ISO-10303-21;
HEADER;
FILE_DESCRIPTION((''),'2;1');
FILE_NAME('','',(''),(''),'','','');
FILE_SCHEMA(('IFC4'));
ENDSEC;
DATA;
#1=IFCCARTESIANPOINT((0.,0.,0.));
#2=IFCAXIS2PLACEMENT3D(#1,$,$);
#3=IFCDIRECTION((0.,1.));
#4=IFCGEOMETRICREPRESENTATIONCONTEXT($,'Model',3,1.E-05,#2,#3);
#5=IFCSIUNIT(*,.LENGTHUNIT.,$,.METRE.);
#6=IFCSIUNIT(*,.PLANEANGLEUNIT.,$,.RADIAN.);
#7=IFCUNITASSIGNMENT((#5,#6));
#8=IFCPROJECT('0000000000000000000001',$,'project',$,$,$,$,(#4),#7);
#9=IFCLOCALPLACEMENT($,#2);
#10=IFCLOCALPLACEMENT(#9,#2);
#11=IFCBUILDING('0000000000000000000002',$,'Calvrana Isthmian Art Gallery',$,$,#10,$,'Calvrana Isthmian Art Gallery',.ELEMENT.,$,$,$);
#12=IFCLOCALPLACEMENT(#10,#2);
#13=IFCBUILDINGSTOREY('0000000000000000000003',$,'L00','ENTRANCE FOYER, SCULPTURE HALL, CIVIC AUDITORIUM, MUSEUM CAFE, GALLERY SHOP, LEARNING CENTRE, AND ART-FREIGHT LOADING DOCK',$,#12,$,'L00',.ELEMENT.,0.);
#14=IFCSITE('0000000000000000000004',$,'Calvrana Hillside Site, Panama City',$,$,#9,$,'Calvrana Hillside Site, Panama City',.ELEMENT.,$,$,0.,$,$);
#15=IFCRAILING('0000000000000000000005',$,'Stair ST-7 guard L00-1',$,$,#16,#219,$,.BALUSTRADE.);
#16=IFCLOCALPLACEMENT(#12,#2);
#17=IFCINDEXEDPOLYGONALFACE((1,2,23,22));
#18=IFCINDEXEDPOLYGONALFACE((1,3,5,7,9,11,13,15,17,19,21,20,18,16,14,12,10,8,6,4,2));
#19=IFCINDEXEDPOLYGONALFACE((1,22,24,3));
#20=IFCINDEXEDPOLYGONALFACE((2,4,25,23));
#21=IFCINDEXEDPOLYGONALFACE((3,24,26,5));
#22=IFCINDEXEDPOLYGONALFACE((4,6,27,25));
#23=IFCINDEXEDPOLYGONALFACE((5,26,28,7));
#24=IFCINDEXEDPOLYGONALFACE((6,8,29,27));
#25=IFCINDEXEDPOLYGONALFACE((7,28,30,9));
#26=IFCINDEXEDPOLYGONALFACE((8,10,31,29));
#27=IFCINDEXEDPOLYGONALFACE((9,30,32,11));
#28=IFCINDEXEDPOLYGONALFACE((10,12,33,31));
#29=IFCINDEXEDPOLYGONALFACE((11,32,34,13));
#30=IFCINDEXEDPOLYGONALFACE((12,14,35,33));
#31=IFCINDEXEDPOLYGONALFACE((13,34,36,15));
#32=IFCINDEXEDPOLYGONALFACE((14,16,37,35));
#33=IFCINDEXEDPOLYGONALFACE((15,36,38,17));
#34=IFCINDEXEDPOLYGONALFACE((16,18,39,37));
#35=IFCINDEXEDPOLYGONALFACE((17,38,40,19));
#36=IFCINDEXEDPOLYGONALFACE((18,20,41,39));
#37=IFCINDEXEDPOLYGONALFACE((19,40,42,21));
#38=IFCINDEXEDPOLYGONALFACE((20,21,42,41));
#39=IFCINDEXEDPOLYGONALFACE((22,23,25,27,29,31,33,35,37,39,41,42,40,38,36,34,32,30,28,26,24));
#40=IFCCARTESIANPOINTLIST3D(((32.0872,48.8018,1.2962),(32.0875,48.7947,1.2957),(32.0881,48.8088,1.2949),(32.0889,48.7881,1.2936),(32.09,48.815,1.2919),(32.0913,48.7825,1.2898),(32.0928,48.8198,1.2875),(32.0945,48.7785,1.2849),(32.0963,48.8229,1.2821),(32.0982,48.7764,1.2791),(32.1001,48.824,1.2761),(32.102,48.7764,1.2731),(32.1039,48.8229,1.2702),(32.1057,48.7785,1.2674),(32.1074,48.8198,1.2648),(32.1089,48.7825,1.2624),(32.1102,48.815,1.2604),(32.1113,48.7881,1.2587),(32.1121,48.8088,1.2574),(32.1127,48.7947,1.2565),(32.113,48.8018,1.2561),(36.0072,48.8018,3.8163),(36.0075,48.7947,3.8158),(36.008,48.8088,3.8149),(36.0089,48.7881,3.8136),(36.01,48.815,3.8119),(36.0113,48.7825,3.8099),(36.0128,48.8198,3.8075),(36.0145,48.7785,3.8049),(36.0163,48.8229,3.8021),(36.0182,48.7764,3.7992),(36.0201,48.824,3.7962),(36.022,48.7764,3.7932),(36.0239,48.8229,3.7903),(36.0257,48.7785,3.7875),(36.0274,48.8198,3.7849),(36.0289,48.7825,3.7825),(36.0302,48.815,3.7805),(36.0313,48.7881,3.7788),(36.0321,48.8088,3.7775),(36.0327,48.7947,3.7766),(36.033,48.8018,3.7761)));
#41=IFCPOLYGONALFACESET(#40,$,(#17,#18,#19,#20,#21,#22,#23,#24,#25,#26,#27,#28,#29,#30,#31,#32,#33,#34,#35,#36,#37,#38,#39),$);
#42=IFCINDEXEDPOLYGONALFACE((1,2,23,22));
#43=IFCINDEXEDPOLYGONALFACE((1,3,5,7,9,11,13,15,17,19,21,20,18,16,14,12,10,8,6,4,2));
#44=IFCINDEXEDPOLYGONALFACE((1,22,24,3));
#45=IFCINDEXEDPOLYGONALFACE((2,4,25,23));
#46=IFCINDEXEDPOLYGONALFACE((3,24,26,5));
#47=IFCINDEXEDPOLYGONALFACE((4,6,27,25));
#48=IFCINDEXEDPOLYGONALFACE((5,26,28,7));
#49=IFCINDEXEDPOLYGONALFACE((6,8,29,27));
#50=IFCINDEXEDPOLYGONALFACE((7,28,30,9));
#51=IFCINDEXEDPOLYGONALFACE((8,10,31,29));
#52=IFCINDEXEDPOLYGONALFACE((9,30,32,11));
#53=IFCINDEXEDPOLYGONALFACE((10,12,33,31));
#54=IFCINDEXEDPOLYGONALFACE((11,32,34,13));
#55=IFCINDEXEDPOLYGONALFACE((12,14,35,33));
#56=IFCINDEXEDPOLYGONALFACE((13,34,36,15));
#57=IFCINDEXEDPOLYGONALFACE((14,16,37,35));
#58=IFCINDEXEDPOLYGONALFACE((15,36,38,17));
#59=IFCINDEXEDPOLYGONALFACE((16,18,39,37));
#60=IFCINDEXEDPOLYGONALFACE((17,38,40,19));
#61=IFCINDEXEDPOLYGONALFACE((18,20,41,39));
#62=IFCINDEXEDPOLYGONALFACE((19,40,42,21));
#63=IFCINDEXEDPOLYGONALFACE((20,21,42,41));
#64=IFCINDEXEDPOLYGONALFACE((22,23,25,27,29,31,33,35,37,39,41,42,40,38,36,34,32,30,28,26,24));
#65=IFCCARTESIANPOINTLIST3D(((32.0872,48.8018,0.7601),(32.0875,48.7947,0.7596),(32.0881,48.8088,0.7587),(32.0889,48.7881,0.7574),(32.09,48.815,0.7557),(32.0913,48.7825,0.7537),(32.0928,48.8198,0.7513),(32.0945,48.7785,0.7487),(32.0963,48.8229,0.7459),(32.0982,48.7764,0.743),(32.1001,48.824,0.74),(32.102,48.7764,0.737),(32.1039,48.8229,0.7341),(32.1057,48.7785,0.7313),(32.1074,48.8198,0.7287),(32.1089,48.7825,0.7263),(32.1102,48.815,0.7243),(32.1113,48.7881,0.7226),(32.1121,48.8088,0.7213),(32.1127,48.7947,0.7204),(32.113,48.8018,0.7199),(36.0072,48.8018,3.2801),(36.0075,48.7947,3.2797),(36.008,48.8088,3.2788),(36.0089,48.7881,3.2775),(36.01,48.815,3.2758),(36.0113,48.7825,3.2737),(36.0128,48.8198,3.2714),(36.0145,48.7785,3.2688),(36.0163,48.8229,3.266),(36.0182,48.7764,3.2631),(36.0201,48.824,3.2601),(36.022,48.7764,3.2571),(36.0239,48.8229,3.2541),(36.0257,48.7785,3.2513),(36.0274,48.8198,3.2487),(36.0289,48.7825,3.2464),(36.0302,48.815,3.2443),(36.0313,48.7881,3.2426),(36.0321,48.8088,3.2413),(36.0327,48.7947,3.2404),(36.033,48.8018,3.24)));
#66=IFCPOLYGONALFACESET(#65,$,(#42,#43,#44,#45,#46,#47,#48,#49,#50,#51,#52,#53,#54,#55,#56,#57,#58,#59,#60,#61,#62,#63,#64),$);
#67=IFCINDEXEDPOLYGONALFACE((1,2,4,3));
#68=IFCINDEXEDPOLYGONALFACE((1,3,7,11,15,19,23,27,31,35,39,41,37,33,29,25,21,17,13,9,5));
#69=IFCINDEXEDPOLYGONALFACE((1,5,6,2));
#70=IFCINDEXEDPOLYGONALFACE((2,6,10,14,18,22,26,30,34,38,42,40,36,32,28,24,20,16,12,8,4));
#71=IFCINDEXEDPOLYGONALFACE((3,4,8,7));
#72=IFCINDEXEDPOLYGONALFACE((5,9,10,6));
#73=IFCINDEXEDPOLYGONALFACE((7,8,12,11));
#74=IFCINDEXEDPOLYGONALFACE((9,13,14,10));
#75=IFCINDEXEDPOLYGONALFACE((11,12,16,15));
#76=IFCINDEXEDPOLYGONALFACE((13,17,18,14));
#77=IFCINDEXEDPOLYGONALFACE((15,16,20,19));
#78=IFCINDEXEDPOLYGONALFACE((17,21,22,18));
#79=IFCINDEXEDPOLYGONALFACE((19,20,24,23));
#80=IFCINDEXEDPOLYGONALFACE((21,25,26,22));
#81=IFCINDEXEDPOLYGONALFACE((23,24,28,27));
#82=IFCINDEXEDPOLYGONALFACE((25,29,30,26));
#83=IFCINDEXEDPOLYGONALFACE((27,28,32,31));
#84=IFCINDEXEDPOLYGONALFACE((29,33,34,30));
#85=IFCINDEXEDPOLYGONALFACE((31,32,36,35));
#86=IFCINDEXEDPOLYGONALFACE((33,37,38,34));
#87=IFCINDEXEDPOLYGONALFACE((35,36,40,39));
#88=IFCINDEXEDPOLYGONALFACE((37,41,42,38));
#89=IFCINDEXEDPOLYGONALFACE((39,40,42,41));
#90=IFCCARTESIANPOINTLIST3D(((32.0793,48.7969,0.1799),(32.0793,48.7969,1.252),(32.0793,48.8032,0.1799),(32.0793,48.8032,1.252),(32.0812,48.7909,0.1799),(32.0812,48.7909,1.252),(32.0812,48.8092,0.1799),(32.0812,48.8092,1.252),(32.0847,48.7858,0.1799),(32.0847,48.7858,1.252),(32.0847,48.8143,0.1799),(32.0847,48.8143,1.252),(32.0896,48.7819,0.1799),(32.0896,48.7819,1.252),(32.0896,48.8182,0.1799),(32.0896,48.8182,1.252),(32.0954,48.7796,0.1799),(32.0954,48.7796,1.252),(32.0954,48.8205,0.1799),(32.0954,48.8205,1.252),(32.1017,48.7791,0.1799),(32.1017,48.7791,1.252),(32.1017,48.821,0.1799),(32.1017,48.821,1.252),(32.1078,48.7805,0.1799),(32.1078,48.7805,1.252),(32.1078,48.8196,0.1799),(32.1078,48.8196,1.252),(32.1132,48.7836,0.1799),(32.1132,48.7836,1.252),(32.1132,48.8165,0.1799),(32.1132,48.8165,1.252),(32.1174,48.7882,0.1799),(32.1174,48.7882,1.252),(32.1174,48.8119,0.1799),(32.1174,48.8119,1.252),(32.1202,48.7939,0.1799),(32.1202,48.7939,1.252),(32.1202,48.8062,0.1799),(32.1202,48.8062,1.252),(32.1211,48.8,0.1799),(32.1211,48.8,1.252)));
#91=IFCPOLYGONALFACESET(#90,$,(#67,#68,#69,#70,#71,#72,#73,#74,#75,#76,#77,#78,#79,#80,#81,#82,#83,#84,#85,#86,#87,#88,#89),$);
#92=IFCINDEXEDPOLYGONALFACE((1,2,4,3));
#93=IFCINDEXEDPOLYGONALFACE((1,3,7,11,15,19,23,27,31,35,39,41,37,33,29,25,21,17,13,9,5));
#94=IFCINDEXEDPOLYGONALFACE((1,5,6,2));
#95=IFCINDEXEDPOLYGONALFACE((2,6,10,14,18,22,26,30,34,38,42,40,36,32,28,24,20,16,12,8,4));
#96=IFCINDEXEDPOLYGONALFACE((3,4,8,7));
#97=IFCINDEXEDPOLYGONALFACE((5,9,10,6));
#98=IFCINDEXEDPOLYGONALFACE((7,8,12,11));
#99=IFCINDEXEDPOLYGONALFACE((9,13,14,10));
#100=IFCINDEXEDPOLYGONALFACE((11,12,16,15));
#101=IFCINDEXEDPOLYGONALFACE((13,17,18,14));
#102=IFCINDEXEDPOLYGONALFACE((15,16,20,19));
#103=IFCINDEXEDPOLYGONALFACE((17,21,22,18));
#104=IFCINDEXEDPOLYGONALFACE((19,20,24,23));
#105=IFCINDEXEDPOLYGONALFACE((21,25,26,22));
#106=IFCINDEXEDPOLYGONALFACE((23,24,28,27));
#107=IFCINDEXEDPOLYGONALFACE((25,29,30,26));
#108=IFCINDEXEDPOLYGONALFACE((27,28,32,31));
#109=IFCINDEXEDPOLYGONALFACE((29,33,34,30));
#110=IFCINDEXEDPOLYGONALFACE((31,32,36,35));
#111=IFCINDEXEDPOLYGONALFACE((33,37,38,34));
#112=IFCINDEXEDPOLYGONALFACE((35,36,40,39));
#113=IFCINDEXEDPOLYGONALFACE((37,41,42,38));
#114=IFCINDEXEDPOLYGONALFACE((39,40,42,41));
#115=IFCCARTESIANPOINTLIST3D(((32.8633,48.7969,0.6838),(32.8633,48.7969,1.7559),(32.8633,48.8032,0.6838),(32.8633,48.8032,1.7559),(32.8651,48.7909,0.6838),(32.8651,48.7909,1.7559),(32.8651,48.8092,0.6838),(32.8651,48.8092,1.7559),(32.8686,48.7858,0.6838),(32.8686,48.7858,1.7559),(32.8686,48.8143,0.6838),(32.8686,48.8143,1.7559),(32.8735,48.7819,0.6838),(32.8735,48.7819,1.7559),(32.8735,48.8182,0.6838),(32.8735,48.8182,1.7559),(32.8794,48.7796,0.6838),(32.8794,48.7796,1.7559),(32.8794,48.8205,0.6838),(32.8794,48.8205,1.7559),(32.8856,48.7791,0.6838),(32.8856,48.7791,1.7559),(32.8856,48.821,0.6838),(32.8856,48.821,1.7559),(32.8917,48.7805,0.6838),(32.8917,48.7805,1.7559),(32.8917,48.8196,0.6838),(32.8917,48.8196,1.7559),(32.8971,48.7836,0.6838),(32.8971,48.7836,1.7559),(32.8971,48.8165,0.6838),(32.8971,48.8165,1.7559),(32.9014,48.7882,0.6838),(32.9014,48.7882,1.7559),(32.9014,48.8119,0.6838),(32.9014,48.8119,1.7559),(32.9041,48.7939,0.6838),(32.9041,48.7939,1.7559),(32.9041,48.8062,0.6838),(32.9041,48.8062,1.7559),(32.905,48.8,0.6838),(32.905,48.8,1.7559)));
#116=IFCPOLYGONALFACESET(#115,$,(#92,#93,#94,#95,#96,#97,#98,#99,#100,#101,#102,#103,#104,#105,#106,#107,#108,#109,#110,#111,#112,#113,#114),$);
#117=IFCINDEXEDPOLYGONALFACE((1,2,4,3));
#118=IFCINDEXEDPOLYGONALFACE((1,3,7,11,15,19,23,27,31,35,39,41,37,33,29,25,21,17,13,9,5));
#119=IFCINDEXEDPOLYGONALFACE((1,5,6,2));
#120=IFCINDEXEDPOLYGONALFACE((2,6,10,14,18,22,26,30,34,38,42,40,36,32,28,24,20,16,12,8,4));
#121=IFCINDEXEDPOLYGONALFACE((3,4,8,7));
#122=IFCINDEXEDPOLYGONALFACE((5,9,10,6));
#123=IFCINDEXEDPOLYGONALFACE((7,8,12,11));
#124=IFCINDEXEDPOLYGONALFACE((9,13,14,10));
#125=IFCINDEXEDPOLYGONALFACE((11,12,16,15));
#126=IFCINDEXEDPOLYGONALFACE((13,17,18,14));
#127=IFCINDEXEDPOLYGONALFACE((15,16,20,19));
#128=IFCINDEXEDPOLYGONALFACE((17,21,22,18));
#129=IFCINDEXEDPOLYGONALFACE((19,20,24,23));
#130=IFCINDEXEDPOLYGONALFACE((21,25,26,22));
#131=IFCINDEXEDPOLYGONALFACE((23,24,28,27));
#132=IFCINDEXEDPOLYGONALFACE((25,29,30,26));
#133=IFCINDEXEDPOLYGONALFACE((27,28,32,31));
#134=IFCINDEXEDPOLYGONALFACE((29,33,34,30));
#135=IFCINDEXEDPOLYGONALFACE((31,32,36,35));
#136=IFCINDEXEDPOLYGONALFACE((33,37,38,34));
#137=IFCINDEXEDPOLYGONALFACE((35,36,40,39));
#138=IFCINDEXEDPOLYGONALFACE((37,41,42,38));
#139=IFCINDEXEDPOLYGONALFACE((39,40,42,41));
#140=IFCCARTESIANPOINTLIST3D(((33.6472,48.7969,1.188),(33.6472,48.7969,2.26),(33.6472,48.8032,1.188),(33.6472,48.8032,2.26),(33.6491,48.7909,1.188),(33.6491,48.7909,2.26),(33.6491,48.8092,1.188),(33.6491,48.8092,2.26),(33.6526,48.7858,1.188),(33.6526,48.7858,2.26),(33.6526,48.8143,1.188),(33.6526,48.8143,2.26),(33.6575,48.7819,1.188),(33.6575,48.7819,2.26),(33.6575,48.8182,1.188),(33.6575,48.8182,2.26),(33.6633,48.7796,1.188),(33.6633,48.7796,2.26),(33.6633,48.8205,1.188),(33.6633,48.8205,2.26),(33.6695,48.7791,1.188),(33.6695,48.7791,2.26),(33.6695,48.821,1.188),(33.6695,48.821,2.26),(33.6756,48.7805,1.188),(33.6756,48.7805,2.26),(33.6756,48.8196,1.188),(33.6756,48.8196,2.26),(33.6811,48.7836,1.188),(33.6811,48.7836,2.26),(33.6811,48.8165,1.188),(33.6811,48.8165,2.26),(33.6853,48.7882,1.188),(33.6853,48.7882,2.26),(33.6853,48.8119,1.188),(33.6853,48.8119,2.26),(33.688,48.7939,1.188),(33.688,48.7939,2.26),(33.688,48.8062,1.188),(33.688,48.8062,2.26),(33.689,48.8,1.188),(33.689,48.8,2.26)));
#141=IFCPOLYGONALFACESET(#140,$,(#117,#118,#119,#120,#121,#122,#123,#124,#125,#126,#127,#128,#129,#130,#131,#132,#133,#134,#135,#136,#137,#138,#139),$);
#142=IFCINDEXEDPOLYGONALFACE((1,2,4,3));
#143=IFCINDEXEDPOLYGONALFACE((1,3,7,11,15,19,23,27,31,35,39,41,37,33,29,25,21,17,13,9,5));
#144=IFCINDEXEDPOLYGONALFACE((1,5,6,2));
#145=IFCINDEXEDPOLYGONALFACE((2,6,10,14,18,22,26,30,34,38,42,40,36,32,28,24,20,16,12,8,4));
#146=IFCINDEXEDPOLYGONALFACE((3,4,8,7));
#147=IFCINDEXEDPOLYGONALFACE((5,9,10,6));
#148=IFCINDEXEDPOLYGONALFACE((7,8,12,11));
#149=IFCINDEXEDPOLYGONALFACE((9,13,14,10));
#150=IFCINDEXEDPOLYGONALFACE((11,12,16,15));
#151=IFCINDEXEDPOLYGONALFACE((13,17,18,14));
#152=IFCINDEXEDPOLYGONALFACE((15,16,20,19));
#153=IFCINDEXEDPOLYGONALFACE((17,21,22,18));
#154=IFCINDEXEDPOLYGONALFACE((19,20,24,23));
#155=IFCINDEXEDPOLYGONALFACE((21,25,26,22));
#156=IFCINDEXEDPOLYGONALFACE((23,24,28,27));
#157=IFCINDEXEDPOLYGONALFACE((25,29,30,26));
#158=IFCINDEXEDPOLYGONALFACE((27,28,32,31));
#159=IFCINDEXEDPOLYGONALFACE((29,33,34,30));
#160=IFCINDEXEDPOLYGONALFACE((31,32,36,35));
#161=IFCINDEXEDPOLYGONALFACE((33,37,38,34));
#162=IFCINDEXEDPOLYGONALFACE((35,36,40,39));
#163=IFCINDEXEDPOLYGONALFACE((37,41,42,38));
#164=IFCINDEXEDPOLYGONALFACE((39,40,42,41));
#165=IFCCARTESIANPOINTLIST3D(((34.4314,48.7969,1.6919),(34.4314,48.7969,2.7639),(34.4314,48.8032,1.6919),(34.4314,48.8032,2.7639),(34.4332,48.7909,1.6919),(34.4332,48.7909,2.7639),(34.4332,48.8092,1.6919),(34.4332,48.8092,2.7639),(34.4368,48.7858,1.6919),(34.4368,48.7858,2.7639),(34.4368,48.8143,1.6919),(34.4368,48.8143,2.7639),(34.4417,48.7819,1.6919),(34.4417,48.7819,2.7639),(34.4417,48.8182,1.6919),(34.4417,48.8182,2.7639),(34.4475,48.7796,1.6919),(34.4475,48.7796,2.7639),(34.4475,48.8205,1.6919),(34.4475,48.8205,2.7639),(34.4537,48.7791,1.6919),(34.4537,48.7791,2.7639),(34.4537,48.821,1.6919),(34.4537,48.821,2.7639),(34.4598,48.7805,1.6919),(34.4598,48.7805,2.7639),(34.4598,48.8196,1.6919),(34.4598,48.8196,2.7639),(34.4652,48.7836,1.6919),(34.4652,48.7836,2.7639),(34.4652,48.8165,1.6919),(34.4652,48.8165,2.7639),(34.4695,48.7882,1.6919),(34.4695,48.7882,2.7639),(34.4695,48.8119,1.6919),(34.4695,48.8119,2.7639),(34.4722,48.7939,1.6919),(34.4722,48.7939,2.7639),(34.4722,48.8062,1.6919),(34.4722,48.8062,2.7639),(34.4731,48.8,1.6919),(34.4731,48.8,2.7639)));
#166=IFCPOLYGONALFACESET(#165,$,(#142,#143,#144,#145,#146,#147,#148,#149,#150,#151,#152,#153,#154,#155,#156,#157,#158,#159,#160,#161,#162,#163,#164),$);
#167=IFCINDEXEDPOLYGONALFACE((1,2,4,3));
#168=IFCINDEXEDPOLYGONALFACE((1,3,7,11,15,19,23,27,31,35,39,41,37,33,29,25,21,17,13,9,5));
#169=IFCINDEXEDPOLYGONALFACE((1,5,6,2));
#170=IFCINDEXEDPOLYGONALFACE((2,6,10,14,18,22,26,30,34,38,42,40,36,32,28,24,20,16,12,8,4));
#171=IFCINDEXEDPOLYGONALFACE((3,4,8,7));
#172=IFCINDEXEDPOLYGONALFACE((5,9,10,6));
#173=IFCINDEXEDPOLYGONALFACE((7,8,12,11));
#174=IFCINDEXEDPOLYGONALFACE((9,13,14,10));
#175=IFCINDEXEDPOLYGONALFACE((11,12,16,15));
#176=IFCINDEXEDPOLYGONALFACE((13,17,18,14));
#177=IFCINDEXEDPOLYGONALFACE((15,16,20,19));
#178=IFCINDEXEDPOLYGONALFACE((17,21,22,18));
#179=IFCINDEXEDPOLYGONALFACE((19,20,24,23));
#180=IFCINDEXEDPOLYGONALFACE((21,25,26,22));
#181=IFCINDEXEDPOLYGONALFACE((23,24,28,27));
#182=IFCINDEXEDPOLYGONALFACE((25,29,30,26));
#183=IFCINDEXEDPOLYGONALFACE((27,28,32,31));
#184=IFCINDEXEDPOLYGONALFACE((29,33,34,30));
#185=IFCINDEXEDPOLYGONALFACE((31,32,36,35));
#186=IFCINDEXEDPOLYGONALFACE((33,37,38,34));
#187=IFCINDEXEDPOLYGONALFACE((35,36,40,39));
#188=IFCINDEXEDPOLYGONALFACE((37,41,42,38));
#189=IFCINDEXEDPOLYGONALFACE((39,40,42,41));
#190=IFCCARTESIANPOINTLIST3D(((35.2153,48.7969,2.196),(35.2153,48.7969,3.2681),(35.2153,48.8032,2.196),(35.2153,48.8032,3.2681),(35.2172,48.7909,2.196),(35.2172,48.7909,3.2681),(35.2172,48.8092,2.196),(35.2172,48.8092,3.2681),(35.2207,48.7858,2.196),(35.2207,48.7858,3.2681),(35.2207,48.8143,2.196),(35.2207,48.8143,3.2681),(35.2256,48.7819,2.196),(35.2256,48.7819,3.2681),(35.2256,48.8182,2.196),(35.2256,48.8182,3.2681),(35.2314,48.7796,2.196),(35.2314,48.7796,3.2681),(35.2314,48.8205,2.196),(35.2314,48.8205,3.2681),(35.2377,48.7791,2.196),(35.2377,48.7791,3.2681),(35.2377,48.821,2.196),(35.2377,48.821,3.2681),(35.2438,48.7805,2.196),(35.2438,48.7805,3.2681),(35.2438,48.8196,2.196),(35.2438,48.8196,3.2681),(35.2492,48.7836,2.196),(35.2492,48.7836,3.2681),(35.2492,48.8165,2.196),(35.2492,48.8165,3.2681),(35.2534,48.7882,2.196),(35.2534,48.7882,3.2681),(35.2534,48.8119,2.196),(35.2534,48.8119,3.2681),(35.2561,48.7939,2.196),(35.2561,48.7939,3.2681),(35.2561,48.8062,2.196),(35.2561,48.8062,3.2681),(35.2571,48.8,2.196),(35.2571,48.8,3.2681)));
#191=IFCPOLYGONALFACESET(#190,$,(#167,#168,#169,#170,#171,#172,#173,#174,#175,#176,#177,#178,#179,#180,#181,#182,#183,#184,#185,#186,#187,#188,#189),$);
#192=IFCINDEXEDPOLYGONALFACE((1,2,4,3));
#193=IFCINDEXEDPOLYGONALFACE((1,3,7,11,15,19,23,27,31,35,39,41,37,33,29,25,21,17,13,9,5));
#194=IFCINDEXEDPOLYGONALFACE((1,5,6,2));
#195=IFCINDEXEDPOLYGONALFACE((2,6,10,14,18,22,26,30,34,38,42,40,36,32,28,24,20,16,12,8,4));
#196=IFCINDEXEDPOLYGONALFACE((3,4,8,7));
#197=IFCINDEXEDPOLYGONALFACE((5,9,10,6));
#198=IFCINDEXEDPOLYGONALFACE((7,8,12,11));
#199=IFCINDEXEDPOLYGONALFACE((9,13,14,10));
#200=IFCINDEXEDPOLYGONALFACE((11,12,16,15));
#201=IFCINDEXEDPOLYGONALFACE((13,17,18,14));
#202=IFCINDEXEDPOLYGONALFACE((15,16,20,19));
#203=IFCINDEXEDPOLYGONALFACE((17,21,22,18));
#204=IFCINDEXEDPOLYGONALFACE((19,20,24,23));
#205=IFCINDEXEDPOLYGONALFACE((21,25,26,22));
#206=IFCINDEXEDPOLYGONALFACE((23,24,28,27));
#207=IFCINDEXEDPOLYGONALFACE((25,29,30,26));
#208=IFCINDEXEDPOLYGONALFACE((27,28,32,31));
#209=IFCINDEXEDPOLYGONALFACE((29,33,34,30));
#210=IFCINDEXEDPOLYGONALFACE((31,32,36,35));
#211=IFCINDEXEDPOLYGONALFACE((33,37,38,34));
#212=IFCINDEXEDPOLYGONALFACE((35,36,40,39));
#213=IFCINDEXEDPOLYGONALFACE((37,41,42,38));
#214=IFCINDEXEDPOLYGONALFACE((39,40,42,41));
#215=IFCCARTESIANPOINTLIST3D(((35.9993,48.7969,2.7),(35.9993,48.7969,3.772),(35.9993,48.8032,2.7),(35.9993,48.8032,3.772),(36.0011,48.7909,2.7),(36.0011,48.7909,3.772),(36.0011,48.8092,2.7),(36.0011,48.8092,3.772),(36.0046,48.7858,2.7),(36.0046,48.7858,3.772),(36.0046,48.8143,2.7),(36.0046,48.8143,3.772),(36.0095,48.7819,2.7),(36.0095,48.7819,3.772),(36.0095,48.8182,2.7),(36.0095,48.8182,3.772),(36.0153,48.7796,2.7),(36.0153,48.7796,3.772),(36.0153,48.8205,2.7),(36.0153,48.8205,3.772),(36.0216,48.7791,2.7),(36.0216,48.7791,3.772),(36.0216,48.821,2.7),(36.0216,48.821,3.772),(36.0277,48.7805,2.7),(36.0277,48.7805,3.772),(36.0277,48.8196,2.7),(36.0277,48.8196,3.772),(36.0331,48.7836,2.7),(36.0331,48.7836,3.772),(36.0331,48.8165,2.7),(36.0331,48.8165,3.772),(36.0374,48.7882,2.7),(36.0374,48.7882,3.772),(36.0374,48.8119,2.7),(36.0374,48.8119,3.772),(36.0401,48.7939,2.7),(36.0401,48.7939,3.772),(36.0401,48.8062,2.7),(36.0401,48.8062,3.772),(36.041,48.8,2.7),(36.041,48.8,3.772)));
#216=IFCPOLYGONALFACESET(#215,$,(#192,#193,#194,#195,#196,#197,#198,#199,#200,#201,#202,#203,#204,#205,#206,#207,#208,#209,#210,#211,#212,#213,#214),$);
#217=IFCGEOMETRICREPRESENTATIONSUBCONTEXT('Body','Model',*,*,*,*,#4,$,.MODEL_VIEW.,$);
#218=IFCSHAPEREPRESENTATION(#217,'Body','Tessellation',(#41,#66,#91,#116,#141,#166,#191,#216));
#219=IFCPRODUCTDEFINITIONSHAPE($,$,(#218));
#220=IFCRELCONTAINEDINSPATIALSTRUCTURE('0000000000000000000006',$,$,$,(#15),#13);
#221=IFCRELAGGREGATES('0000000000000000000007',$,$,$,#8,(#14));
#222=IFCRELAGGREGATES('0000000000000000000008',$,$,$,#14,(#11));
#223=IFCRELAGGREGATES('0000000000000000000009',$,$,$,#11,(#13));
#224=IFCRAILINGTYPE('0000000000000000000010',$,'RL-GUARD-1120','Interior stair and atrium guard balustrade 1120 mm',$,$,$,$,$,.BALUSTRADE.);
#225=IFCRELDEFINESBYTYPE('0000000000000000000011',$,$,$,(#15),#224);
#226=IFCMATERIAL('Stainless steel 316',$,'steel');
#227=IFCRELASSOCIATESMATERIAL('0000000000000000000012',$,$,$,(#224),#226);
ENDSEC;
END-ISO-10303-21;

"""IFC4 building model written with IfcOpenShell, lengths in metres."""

from ifc_helpers import new_model, si_unit, direction, frame, origin, origin_2d, place, context, subcontext, project, spatial, circle, extrude, material, type_object, element, save


model = new_model("IFC4")

# Units and contexts
model_context = context("Model", 3, precision=1e-05, world=origin(), true_north=direction((0.0, 1.0)))
body_context = subcontext(model_context, "Body", "Model", "MODEL_VIEW")
ifc_project = project(units=[si_unit("LENGTHUNIT", "METRE"), si_unit("PLANEANGLEUNIT", "RADIAN")], contexts=[model_context])

# Site, building, storey
site_placement = place(None, origin())
site = spatial("IfcSite", under=ifc_project, at=site_placement, Name="Calvrana Hillside Site, Panama City", LongName="Calvrana Hillside Site, Panama City", CompositionType="ELEMENT", RefElevation=0.0)
building_placement = place(site_placement, origin())
building = spatial("IfcBuilding", under=site, at=building_placement, Name="Calvrana Isthmian Art Gallery", LongName="Calvrana Isthmian Art Gallery", CompositionType="ELEMENT")
storey_placement = place(building_placement, origin())
storey = spatial("IfcBuildingStorey", under=building, at=storey_placement, Name="L00", Description="ENTRANCE FOYER, SCULPTURE HALL, CIVIC AUDITORIUM, MUSEUM CAFE, GALLERY SHOP, LEARNING CENTRE, AND ART-FREIGHT LOADING DOCK", LongName="L00", CompositionType="ELEMENT", Elevation=0.0)

# Railing
ifc_material_1 = material(Name="Stainless steel 316", Category="steel")
railing_type_1 = type_object("IfcRailingType", Name="RL-GUARD-1120", Description="Interior stair and atrium guard balustrade 1120 mm", PredefinedType="BALUSTRADE", material=ifc_material_1)
railing_1_placement = place(storey_placement, frame((32.1001, 48.8, 0.1799)))
element("IfcRailing", 1, at=railing_1_placement, inside=storey, type_object=railing_type_1, Name="Stair ST-7 guard L00-1", PredefinedType="BALUSTRADE", context=body_context, shape_type="SweptSolid", body=[
    extrude(circle(Radius=0.0239, at=origin_2d()), frame((0.0, 0.0, 1.0962), z_axis=(0.841172, 0.0, 0.540768), x_axis=(0.0, 1.0, 0.0)), (0.0, 0.0, 1.0), 4.6602),
    extrude(circle(Radius=0.0239, at=origin_2d()), frame((0.0, 0.0, 0.5601), z_axis=(0.841172, 0.0, 0.540768), x_axis=(0.0, 1.0, 0.0)), (0.0, 0.0, 1.0), 4.6602),
    extrude(circle(Radius=0.021, at=origin_2d()), origin(), (0.0, 0.0, 1.0), 1.072),
    extrude(circle(Radius=0.021, at=origin_2d()), frame((0.7839, 0.0, 0.5039)), (0.0, 0.0, 1.0), 1.072),
    extrude(circle(Radius=0.021, at=origin_2d()), frame((1.5679, 0.0, 1.0081)), (0.0, 0.0, 1.0), 1.072),
    extrude(circle(Radius=0.021, at=origin_2d()), frame((2.3521, 0.0, 1.512)), (0.0, 0.0, 1.0), 1.072),
    extrude(circle(Radius=0.021, at=origin_2d()), frame((3.136, 0.0, 2.0161)), (0.0, 0.0, 1.0), 1.072),
    extrude(circle(Radius=0.021, at=origin_2d()), frame((3.9199, 0.0, 2.52)), (0.0, 0.0, 1.0), 1.072),
])

save(model, "model.ifc")
